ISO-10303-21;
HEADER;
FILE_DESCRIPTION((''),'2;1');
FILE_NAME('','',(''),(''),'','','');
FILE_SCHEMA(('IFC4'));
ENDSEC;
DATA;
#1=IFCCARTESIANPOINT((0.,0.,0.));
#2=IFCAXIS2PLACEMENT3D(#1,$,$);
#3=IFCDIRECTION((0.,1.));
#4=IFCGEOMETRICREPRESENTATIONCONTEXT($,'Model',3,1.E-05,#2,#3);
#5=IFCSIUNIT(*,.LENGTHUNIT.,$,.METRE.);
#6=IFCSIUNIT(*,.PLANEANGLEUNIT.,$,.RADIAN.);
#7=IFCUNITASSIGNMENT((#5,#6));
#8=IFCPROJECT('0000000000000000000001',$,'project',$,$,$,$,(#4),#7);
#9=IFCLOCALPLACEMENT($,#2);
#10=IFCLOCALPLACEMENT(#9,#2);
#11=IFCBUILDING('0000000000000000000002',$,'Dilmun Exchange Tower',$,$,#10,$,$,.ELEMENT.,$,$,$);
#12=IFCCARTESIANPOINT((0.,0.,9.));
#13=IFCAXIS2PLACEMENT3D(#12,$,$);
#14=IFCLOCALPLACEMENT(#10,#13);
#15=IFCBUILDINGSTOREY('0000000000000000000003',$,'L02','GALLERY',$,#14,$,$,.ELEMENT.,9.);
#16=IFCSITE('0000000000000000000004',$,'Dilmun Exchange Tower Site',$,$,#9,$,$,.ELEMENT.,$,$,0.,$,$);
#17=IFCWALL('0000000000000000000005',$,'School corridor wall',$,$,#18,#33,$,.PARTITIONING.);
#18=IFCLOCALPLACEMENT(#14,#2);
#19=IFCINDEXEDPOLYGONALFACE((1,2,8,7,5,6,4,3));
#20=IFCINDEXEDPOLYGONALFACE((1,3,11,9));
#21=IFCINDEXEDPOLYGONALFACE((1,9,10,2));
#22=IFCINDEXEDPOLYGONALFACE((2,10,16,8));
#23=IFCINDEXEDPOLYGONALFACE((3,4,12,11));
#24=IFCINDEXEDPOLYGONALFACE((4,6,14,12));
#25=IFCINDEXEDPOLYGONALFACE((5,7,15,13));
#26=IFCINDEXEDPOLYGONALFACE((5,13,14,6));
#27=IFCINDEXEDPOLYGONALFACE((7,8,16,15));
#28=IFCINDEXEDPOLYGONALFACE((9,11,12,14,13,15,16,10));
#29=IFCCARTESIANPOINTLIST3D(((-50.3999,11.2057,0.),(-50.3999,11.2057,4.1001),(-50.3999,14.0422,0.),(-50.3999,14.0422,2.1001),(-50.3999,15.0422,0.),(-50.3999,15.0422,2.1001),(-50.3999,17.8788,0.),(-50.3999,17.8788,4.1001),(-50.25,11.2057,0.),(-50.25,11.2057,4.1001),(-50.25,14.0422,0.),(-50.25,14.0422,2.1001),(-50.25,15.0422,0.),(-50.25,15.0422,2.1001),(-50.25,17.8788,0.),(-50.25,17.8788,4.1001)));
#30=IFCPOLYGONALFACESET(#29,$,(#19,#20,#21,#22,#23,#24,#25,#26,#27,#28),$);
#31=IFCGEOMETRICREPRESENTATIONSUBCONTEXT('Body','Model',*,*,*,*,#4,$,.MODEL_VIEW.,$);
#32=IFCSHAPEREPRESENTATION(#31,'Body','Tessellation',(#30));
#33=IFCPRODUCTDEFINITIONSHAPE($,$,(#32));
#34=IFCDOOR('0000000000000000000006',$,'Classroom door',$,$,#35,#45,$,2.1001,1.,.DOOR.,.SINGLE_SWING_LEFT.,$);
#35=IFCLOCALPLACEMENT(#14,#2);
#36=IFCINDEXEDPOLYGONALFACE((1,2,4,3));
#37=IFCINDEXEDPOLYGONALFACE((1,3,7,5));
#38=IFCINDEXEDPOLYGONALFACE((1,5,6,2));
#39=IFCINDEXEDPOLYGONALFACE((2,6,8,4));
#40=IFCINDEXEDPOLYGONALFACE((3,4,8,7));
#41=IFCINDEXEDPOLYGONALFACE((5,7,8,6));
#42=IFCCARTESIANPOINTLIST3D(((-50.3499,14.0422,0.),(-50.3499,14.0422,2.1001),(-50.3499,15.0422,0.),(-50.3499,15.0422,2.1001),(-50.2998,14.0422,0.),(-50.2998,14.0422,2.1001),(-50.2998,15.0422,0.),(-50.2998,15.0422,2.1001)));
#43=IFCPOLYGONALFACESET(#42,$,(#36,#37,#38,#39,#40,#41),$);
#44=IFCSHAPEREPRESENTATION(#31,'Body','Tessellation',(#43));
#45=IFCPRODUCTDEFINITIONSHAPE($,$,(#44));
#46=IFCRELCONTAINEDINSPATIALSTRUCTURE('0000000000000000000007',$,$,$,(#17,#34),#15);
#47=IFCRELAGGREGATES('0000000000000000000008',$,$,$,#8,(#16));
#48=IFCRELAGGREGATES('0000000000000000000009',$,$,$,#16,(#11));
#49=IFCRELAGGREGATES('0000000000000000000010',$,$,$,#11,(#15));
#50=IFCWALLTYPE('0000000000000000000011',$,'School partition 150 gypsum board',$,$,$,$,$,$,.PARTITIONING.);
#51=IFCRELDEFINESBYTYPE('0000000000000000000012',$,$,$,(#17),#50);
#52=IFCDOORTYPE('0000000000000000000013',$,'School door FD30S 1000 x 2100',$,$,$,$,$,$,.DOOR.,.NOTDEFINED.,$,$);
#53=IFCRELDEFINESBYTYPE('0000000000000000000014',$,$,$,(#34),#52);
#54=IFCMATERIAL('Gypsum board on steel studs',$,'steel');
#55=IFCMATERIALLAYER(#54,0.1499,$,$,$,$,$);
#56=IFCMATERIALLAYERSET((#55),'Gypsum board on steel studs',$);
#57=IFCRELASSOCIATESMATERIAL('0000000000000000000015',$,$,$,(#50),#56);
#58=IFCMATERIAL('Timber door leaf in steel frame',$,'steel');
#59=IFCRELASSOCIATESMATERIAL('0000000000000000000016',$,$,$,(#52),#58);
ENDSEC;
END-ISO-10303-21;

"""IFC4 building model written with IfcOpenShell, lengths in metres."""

from ifc_helpers import new_model, si_unit, direction, frame, frame_2d, origin, place, context, subcontext, project, spatial, rectangle, extrude, material, layer, layer_set, type_object, element, fill, save


model = new_model("IFC4")

# Units and contexts
model_context = context("Model", 3, precision=1e-05, world=origin(), true_north=direction((0.0, 1.0)))
body_context = subcontext(model_context, "Body", "Model", "MODEL_VIEW")
ifc_project = project(units=[si_unit("LENGTHUNIT", "METRE"), si_unit("PLANEANGLEUNIT", "RADIAN")], contexts=[model_context])

# Site, building, storey
site_placement = place(None, origin())
site = spatial("IfcSite", under=ifc_project, at=site_placement, Name="Dilmun Exchange Tower Site", CompositionType="ELEMENT", RefElevation=0.0)
building_placement = place(site_placement, origin())
building = spatial("IfcBuilding", under=site, at=building_placement, Name="Dilmun Exchange Tower", CompositionType="ELEMENT")
storey_placement = place(building_placement, frame((0.0, 0.0, 9.0)))
storey = spatial("IfcBuildingStorey", under=building, at=storey_placement, Name="L02", Description="GALLERY", CompositionType="ELEMENT", Elevation=9.0)

# Shared definitions
ifc_material_1 = material(Name="Gypsum board on steel studs", Category="steel")
ifc_layer_1 = layer(ifc_material_1, 0.1499)
ifc_layer_set_1 = layer_set([ifc_layer_1], Name="Gypsum board on steel studs")
wall_type_1 = type_object("IfcWallType", Name="School partition 150 gypsum board", PredefinedType="PARTITIONING", material=ifc_layer_set_1)

# Wall, opening, door
ifc_material_2 = material(Name="Timber door leaf in steel frame", Category="steel")
door_type = type_object("IfcDoorType", Name="School door FD30S 1000 x 2100", OperationType="NOTDEFINED", PredefinedType="DOOR", material=ifc_material_2)
wall_1_placement = place(storey_placement, frame((-50.325, 11.2058, 0.0), z_axis=(0.0, 0.0, 1.0), x_axis=(0.0, 1.0, 0.0)))
wall_1 = element("IfcWall", 1, at=wall_1_placement, inside=storey, type_object=wall_type_1, Name="School corridor wall", PredefinedType="PARTITIONING", context=body_context, shape_type="SweptSolid", body=[
    extrude(rectangle(XDim=6.6731, YDim=0.1499, at=frame_2d((3.3364, 0.0))), origin(), (0.0, 0.0, 1.0), 4.1001),
])
opening_1_placement = place(wall_1_placement, frame((2.8364, 0.0, 0.0)))
opening_1 = element("IfcOpeningElement", 2, at=opening_1_placement, cuts=wall_1, PredefinedType="OPENING", context=body_context, shape_type="SweptSolid", body=[
    extrude(rectangle(XDim=1.0, YDim=2.1001, at=frame_2d((0.5, 1.05))), frame((0.0, 0.085, 0.0), z_axis=(0.0, -1.0, 0.0), x_axis=(1.0, 0.0, 0.0)), (0.0, 0.0, 1.0), 0.1699),
])
door_1_placement = place(opening_1_placement, origin())
door_1 = element("IfcDoor", 3, at=door_1_placement, inside=storey, type_object=door_type, Name="Classroom door", OperationType="SINGLE_SWING_LEFT", OverallHeight=2.1001, OverallWidth=1.0, PredefinedType="DOOR", context=body_context, shape_type="SweptSolid", body=[
    extrude(rectangle(XDim=1.0, YDim=2.1001, at=frame_2d((0.5, 1.05))), frame((0.0, 0.0249, 0.0), z_axis=(0.0, -1.0, 0.0), x_axis=(1.0, 0.0, 0.0)), (0.0, 0.0, 1.0), 0.05),
])
fill(opening_1, door_1)

save(model, "model.ifc")
